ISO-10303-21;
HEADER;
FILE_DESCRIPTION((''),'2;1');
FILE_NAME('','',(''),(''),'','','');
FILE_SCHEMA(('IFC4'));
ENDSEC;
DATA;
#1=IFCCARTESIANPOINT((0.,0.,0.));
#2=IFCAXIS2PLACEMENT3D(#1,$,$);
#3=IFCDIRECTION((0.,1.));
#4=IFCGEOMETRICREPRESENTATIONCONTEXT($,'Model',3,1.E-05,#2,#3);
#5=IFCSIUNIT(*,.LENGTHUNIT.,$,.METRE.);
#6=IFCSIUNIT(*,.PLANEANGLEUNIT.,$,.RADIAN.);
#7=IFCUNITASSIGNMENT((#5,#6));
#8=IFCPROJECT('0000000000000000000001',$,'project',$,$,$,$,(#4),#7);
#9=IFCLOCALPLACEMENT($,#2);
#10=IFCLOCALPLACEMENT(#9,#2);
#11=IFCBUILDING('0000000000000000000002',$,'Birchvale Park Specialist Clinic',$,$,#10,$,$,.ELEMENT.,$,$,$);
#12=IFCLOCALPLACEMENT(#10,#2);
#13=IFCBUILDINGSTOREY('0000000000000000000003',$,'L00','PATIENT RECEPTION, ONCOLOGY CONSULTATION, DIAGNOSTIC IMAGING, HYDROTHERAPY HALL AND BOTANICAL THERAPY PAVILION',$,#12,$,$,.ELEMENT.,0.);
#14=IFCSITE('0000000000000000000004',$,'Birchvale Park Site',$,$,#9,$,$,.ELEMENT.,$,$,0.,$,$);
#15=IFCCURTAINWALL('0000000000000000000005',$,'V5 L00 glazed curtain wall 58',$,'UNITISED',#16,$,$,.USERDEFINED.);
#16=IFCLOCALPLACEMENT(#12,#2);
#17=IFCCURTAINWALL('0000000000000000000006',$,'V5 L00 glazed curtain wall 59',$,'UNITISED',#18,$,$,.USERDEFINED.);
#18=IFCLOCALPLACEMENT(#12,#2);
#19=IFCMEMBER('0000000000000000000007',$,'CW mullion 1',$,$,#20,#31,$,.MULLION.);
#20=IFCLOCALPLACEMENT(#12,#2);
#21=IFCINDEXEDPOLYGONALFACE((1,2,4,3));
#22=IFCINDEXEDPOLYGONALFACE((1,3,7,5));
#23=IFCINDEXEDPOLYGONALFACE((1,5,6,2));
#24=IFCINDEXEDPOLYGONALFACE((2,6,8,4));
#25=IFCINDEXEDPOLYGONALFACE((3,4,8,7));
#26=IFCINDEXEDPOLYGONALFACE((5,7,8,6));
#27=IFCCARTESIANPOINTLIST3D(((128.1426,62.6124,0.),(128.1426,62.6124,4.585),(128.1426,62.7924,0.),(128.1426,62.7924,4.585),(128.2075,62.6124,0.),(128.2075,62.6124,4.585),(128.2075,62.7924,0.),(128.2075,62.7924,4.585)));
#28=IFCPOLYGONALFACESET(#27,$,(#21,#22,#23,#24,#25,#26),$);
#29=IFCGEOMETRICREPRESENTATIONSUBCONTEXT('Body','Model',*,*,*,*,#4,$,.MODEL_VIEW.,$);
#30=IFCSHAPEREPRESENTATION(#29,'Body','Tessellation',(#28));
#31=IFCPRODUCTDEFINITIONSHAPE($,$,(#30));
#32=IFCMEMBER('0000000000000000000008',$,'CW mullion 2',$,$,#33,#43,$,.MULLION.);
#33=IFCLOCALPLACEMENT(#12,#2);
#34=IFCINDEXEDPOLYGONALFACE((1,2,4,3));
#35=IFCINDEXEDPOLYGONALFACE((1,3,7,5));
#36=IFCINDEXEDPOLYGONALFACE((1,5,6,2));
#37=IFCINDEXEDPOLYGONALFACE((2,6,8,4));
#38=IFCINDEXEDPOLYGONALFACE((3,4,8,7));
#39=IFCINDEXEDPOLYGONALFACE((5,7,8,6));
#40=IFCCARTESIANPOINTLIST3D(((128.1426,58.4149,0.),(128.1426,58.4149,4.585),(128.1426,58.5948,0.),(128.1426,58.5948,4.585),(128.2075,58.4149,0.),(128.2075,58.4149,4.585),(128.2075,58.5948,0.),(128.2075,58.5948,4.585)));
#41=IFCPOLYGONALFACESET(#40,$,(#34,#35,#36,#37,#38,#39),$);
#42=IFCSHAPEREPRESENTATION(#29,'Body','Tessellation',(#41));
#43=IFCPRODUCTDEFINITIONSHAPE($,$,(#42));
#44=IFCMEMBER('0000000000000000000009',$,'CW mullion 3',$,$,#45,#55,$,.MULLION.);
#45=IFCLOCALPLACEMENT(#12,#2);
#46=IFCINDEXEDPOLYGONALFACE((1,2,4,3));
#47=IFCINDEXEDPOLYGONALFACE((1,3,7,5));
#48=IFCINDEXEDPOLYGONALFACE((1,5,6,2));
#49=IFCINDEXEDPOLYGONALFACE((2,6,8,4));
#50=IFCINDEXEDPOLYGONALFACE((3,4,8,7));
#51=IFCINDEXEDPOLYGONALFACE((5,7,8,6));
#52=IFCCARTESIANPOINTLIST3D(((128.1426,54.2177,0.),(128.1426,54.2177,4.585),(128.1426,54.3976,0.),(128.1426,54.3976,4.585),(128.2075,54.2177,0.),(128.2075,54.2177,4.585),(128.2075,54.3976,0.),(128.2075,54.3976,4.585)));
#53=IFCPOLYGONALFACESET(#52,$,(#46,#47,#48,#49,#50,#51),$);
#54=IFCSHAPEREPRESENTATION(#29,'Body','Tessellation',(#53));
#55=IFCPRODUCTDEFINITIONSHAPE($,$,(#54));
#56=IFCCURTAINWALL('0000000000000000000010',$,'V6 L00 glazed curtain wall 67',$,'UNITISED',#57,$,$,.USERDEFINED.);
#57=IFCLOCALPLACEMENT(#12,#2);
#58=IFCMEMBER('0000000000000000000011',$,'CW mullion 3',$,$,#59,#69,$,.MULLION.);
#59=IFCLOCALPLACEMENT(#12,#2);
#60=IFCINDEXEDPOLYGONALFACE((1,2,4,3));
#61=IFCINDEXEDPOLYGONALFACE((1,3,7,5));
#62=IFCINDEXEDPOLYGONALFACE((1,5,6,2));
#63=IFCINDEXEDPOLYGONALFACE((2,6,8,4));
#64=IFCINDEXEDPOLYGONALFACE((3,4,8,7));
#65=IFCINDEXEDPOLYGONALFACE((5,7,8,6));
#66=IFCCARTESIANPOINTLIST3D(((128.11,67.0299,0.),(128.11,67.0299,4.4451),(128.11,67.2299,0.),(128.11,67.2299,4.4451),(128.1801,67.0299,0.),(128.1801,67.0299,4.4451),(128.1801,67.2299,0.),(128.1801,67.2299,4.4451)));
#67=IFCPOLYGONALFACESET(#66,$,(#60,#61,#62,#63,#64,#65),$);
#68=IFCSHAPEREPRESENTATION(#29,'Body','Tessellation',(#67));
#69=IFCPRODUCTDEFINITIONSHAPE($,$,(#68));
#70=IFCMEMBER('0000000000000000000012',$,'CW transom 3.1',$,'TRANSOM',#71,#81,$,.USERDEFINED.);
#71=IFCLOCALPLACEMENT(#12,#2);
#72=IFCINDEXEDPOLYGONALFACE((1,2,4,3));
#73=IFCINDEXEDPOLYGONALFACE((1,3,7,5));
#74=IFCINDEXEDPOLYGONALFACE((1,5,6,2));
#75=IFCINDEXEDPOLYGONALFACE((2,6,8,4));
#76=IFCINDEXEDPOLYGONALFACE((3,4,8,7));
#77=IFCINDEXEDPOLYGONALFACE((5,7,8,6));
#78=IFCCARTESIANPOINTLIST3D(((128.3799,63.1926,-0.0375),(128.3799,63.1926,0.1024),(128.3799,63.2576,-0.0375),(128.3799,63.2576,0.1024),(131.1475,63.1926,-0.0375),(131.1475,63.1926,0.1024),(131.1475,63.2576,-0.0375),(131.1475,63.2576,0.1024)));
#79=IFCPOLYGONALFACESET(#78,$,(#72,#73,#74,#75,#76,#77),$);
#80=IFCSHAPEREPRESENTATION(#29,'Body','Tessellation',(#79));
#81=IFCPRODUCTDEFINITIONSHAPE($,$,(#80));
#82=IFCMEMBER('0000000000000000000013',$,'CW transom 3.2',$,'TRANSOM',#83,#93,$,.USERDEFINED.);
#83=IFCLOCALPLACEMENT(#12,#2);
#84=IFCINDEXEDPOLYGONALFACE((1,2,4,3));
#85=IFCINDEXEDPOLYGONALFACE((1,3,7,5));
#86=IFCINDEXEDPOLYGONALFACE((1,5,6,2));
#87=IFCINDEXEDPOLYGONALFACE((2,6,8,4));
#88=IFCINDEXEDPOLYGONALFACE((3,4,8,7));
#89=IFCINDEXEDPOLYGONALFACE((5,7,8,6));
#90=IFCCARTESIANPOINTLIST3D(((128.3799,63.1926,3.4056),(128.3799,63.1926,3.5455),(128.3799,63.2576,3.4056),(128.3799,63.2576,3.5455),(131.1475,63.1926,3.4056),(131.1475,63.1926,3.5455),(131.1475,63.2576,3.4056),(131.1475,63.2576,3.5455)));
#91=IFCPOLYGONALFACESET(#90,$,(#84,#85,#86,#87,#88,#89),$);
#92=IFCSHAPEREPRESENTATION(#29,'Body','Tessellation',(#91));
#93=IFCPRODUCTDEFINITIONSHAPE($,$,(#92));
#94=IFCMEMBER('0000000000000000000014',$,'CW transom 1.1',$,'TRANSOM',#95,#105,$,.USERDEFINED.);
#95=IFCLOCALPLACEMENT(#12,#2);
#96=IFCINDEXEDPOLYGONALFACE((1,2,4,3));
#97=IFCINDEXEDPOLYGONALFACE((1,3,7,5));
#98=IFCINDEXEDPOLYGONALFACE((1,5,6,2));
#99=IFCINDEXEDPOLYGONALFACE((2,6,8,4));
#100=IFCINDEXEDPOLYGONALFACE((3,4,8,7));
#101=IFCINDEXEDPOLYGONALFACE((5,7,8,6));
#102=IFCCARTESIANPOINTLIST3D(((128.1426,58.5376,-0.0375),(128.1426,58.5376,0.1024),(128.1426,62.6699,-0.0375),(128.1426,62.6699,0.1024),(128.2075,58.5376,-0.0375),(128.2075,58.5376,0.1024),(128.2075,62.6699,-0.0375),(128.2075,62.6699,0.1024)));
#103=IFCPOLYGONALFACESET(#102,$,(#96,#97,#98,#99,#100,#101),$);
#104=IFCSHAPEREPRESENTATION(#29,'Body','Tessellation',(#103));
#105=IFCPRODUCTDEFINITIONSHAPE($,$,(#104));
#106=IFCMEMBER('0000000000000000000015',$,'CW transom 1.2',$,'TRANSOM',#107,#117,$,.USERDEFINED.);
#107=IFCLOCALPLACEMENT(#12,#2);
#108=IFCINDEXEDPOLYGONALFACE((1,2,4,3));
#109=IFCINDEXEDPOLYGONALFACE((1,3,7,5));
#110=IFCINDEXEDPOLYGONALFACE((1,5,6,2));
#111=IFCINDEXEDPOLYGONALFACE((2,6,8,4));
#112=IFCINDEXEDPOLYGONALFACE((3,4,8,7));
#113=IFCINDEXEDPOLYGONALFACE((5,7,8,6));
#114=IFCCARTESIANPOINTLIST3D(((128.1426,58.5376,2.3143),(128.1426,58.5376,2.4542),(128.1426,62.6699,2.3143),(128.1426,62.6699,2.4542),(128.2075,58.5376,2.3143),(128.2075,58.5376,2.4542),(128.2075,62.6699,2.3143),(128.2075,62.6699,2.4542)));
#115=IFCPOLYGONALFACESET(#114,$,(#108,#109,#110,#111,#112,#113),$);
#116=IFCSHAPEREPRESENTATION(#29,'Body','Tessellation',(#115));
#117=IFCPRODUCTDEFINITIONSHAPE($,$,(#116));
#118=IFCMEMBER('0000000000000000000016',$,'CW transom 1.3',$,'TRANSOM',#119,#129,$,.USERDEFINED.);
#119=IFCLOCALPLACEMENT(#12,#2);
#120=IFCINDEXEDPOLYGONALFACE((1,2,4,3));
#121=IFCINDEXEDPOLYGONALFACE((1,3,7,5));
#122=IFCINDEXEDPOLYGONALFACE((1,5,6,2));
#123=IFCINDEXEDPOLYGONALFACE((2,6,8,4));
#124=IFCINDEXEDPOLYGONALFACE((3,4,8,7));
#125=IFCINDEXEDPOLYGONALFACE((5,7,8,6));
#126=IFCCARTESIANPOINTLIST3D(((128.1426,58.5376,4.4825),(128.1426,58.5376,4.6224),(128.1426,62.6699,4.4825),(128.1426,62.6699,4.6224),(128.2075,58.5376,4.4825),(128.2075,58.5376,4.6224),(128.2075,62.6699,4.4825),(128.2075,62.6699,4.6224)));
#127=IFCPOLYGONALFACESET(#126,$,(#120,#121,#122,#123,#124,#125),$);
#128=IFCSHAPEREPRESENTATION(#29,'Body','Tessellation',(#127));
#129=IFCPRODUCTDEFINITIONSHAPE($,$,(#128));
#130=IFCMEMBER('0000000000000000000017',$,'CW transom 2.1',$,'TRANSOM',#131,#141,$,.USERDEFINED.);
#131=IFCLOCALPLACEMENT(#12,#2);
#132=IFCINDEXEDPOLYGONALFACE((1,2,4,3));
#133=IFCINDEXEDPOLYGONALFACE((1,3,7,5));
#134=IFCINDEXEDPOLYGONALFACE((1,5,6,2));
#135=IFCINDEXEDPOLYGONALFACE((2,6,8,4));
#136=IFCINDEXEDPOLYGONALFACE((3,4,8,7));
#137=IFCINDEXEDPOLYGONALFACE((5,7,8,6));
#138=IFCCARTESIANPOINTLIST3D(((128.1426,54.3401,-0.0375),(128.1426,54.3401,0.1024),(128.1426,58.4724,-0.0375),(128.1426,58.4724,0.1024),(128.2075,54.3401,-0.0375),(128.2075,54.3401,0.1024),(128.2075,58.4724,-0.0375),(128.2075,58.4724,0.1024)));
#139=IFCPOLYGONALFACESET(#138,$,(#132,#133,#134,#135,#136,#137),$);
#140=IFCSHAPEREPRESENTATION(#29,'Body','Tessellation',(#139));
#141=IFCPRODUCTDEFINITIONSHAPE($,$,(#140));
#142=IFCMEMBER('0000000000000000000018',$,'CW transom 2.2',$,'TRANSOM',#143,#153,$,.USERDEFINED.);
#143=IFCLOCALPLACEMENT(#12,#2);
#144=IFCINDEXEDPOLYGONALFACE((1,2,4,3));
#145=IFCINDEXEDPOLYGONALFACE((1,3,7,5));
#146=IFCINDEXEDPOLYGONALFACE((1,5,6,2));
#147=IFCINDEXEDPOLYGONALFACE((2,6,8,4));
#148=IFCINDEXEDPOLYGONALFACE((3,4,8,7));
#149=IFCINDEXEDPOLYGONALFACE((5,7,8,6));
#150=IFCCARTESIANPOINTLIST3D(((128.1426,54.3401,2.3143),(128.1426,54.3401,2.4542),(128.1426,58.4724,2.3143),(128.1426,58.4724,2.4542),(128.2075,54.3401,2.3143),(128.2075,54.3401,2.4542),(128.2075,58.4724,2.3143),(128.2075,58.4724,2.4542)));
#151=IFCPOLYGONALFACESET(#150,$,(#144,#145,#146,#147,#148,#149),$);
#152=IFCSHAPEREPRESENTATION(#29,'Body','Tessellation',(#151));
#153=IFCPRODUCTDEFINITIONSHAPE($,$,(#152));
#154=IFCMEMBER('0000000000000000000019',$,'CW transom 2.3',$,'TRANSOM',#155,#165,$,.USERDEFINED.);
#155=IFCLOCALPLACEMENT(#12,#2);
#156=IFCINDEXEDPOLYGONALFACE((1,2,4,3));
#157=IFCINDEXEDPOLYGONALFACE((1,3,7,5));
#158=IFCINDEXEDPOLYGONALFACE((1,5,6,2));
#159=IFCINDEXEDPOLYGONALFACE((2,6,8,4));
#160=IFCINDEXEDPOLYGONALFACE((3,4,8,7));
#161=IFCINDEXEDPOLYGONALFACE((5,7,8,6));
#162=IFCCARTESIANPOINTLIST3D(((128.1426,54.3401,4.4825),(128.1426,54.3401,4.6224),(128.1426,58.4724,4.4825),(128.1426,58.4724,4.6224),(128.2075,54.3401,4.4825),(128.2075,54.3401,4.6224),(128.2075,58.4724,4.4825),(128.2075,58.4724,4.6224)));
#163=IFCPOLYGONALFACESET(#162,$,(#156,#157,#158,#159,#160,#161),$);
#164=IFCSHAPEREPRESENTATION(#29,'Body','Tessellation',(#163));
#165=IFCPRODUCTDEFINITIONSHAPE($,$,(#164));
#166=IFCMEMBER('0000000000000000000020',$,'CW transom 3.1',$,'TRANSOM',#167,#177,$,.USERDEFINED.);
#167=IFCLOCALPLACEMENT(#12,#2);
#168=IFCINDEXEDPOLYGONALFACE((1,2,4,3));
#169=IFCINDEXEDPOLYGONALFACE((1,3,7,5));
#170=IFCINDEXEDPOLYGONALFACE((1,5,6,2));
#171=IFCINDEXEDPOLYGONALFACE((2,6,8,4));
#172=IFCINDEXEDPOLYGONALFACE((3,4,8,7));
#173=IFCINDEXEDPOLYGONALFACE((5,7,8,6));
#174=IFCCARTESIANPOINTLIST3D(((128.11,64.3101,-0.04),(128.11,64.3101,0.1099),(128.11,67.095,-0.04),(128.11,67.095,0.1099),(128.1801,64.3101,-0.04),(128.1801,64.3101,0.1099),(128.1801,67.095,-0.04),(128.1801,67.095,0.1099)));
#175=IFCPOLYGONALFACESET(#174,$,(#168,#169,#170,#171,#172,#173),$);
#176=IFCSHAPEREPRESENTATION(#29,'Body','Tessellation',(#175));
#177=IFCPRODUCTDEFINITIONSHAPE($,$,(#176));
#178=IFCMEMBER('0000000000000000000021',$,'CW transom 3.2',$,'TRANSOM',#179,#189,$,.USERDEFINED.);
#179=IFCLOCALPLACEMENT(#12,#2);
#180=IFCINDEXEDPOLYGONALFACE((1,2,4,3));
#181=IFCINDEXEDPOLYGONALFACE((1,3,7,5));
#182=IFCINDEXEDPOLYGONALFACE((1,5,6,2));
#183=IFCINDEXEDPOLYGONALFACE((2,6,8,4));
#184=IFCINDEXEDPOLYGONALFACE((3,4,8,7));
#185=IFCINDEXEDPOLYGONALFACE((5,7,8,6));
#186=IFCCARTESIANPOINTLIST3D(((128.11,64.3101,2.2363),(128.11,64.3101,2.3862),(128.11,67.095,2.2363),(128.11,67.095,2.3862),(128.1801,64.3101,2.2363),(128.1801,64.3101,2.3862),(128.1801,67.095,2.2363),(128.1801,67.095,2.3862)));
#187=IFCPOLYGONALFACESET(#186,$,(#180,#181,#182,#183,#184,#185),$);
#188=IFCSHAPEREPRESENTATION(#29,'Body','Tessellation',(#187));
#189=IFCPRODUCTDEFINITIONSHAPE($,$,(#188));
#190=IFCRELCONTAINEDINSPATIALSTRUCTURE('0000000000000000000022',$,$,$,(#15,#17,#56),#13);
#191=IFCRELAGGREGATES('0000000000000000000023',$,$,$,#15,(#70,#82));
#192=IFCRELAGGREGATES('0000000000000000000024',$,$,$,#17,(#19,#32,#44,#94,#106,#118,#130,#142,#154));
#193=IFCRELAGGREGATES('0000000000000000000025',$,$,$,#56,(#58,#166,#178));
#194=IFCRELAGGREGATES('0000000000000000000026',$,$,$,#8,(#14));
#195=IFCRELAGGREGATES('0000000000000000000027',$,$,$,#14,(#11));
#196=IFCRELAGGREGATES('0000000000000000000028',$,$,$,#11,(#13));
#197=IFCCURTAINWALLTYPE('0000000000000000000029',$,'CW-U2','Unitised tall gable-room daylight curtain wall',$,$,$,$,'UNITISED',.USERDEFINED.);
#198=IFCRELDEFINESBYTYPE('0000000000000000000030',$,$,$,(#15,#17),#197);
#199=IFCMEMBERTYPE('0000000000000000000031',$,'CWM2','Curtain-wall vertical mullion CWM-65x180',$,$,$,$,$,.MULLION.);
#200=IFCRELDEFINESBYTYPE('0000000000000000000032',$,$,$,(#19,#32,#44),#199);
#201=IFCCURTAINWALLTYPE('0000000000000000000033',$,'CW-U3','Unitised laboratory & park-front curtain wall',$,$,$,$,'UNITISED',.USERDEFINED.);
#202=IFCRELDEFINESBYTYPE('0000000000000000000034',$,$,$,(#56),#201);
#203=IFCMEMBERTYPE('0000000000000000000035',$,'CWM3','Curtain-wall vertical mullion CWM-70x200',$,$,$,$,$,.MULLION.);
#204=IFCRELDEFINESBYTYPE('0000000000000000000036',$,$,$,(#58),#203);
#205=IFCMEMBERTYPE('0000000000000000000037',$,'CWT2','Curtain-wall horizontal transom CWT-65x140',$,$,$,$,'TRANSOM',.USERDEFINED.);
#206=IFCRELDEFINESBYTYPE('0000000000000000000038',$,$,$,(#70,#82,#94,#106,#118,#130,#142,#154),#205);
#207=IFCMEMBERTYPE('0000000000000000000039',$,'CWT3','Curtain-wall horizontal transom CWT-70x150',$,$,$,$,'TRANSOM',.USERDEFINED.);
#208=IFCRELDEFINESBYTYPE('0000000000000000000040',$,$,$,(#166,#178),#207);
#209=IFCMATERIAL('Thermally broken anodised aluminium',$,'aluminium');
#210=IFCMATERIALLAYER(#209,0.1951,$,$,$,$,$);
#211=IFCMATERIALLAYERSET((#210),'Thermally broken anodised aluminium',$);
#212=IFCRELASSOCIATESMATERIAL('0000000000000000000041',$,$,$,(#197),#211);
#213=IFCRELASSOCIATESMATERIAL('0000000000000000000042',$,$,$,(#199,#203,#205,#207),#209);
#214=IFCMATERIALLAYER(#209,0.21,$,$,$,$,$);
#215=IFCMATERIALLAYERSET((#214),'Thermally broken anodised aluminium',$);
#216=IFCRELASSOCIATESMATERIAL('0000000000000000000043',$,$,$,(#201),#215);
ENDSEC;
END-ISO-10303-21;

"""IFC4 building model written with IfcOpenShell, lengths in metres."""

from ifc_helpers import new_model, si_unit, direction, frame, origin, origin_2d, place, context, subcontext, project, spatial, rectangle, extrude, material, layer, layer_set, material_profile, profile_set, type_object, element, aggregate, save


model = new_model("IFC4")

# Units and contexts
model_context = context("Model", 3, precision=1e-05, world=origin(), true_north=direction((0.0, 1.0)))
body_context = subcontext(model_context, "Body", "Model", "MODEL_VIEW")
ifc_project = project(units=[si_unit("LENGTHUNIT", "METRE"), si_unit("PLANEANGLEUNIT", "RADIAN")], contexts=[model_context])

# Site, building, storey
site_placement = place(None, origin())
site = spatial("IfcSite", under=ifc_project, at=site_placement, Name="Birchvale Park Site", CompositionType="ELEMENT", RefElevation=0.0)
building_placement = place(site_placement, origin())
building = spatial("IfcBuilding", under=site, at=building_placement, Name="Birchvale Park Specialist Clinic", CompositionType="ELEMENT")
storey_placement = place(building_placement, origin())
storey = spatial("IfcBuildingStorey", under=building, at=storey_placement, Name="L00", Description="PATIENT RECEPTION, ONCOLOGY CONSULTATION, DIAGNOSTIC IMAGING, HYDROTHERAPY HALL AND BOTANICAL THERAPY PAVILION", CompositionType="ELEMENT", Elevation=0.0)

# Curtain walls, members
ifc_material_1 = material(Name="Thermally broken anodised aluminium", Category="aluminium")
ifc_layer_1 = layer(ifc_material_1, 0.1951)
ifc_layer_set_1 = layer_set([ifc_layer_1], Name="Thermally broken anodised aluminium")
curtain_wall_type_1 = type_object("IfcCurtainWallType", Name="CW-U2", Description="Unitised tall gable-room daylight curtain wall", ElementType="UNITISED", PredefinedType="USERDEFINED", material=ifc_layer_set_1)
curtain_wall_1_placement = place(storey_placement, origin())
curtain_wall_1 = element("IfcCurtainWall", 1, at=curtain_wall_1_placement, inside=storey, type_object=curtain_wall_type_1, Name="V5 L00 glazed curtain wall 58", ObjectType="UNITISED", PredefinedType="USERDEFINED")
ifc_material_profile_1 = material_profile(ifc_material_1, rectangle(XDim=0.0649, YDim=0.1799, at=origin_2d()), Name="CWM-65x180")
ifc_profile_set_1 = profile_set([ifc_material_profile_1], Name="Thermally broken anodised aluminium")
member_type_1 = type_object("IfcMemberType", Name="CWM2", Description="Curtain-wall vertical mullion CWM-65x180", PredefinedType="MULLION", material=ifc_profile_set_1)
curtain_wall_2_placement = place(storey_placement, origin())
curtain_wall_2 = element("IfcCurtainWall", 2, at=curtain_wall_2_placement, inside=storey, type_object=curtain_wall_type_1, Name="V5 L00 glazed curtain wall 59", ObjectType="UNITISED", PredefinedType="USERDEFINED")
member_1_placement = place(storey_placement, frame((128.175, 62.7024, 0.0), z_axis=(0.0, 0.0, 1.0), x_axis=(1.0, 0.0, 0.0)))
member_1 = element("IfcMember", 3, at=member_1_placement, type_object=member_type_1, Name="CW mullion 1", PredefinedType="MULLION", context=body_context, shape_type="SweptSolid", body=[
    extrude(rectangle(XDim=0.0649, YDim=0.1799, at=origin_2d()), origin(), (0.0, 0.0, 1.0), 4.585),
])
member_2_placement = place(storey_placement, frame((128.175, 58.5049, 0.0), z_axis=(0.0, 0.0, 1.0), x_axis=(1.0, 0.0, 0.0)))
member_2 = element("IfcMember", 4, at=member_2_placement, type_object=member_type_1, Name="CW mullion 2", PredefinedType="MULLION", context=body_context, shape_type="SweptSolid", body=[
    extrude(rectangle(XDim=0.0649, YDim=0.1799, at=origin_2d()), origin(), (0.0, 0.0, 1.0), 4.585),
])
member_3_placement = place(storey_placement, frame((128.175, 54.3076, 0.0), z_axis=(0.0, 0.0, 1.0), x_axis=(1.0, 0.0, 0.0)))
member_3 = element("IfcMember", 5, at=member_3_placement, type_object=member_type_1, Name="CW mullion 3", PredefinedType="MULLION", context=body_context, shape_type="SweptSolid", body=[
    extrude(rectangle(XDim=0.0649, YDim=0.1799, at=origin_2d()), origin(), (0.0, 0.0, 1.0), 4.585),
])

# Curtain wall, member
ifc_layer_2 = layer(ifc_material_1, 0.21)
ifc_layer_set_2 = layer_set([ifc_layer_2], Name="Thermally broken anodised aluminium")
curtain_wall_type_2 = type_object("IfcCurtainWallType", Name="CW-U3", Description="Unitised laboratory & park-front curtain wall", ElementType="UNITISED", PredefinedType="USERDEFINED", material=ifc_layer_set_2)
curtain_wall_3_placement = place(storey_placement, origin())
curtain_wall_3 = element("IfcCurtainWall", 6, at=curtain_wall_3_placement, inside=storey, type_object=curtain_wall_type_2, Name="V6 L00 glazed curtain wall 67", ObjectType="UNITISED", PredefinedType="USERDEFINED")
ifc_material_profile_2 = material_profile(ifc_material_1, rectangle(XDim=0.0701, YDim=0.2, at=origin_2d()), Name="CWM-70x200")
ifc_profile_set_2 = profile_set([ifc_material_profile_2], Name="Thermally broken anodised aluminium")
member_type_2 = type_object("IfcMemberType", Name="CWM3", Description="Curtain-wall vertical mullion CWM-70x200", PredefinedType="MULLION", material=ifc_profile_set_2)
member_4_placement = place(storey_placement, frame((128.145, 67.1299, 0.0), z_axis=(0.0, 0.0, 1.0), x_axis=(1.0, 0.0, 0.0)))
member_4 = element("IfcMember", 7, at=member_4_placement, type_object=member_type_2, Name="CW mullion 3", PredefinedType="MULLION", context=body_context, shape_type="SweptSolid", body=[
    extrude(rectangle(XDim=0.0701, YDim=0.2, at=origin_2d()), origin(), (0.0, 0.0, 1.0), 4.4451),
])

# Members
ifc_material_profile_3 = material_profile(ifc_material_1, rectangle(XDim=0.0649, YDim=0.1399, at=origin_2d()), Name="CWT-65x140")
ifc_profile_set_3 = profile_set([ifc_material_profile_3], Name="Thermally broken anodised aluminium")
member_type_3 = type_object("IfcMemberType", Name="CWT2", Description="Curtain-wall horizontal transom CWT-65x140", ElementType="TRANSOM", PredefinedType="USERDEFINED", material=ifc_profile_set_3)
member_5_placement = place(storey_placement, frame((131.1475, 63.2251, 0.0325), z_axis=(-1.0, 0.0, 0.0), x_axis=(0.0, -1.0, 0.0)))
member_5 = element("IfcMember", 8, at=member_5_placement, type_object=member_type_3, Name="CW transom 3.1", ObjectType="TRANSOM", PredefinedType="USERDEFINED", context=body_context, shape_type="SweptSolid", body=[
    extrude(rectangle(XDim=0.0649, YDim=0.1399, at=origin_2d()), origin(), (0.0, 0.0, 1.0), 2.7676),
])
member_6_placement = place(storey_placement, frame((131.1475, 63.2251, 3.4756), z_axis=(-1.0, 0.0, 0.0), x_axis=(0.0, -1.0, 0.0)))
member_6 = element("IfcMember", 9, at=member_6_placement, type_object=member_type_3, Name="CW transom 3.2", ObjectType="TRANSOM", PredefinedType="USERDEFINED", context=body_context, shape_type="SweptSolid", body=[
    extrude(rectangle(XDim=0.0649, YDim=0.1399, at=origin_2d()), origin(), (0.0, 0.0, 1.0), 2.7676),
])
member_7_placement = place(storey_placement, frame((128.175, 62.6699, 0.0325), z_axis=(0.0, -1.0, 0.0), x_axis=(1.0, 0.0, 0.0)))
member_7 = element("IfcMember", 10, at=member_7_placement, type_object=member_type_3, Name="CW transom 1.1", ObjectType="TRANSOM", PredefinedType="USERDEFINED", context=body_context, shape_type="SweptSolid", body=[
    extrude(rectangle(XDim=0.0649, YDim=0.1399, at=origin_2d()), origin(), (0.0, 0.0, 1.0), 4.1323),
])
member_8_placement = place(storey_placement, frame((128.175, 62.6699, 2.3843), z_axis=(0.0, -1.0, 0.0), x_axis=(1.0, 0.0, 0.0)))
member_8 = element("IfcMember", 11, at=member_8_placement, type_object=member_type_3, Name="CW transom 1.2", ObjectType="TRANSOM", PredefinedType="USERDEFINED", context=body_context, shape_type="SweptSolid", body=[
    extrude(rectangle(XDim=0.0649, YDim=0.1399, at=origin_2d()), origin(), (0.0, 0.0, 1.0), 4.1323),
])
member_9_placement = place(storey_placement, frame((128.175, 62.6699, 4.5525), z_axis=(0.0, -1.0, 0.0), x_axis=(1.0, 0.0, 0.0)))
member_9 = element("IfcMember", 12, at=member_9_placement, type_object=member_type_3, Name="CW transom 1.3", ObjectType="TRANSOM", PredefinedType="USERDEFINED", context=body_context, shape_type="SweptSolid", body=[
    extrude(rectangle(XDim=0.0649, YDim=0.1399, at=origin_2d()), origin(), (0.0, 0.0, 1.0), 4.1323),
])
member_10_placement = place(storey_placement, frame((128.175, 58.4724, 0.0325), z_axis=(0.0, -1.0, 0.0), x_axis=(1.0, 0.0, 0.0)))
member_10 = element("IfcMember", 13, at=member_10_placement, type_object=member_type_3, Name="CW transom 2.1", ObjectType="TRANSOM", PredefinedType="USERDEFINED", context=body_context, shape_type="SweptSolid", body=[
    extrude(rectangle(XDim=0.0649, YDim=0.1399, at=origin_2d()), origin(), (0.0, 0.0, 1.0), 4.1323),
])
member_11_placement = place(storey_placement, frame((128.175, 58.4724, 2.3843), z_axis=(0.0, -1.0, 0.0), x_axis=(1.0, 0.0, 0.0)))
member_11 = element("IfcMember", 14, at=member_11_placement, type_object=member_type_3, Name="CW transom 2.2", ObjectType="TRANSOM", PredefinedType="USERDEFINED", context=body_context, shape_type="SweptSolid", body=[
    extrude(rectangle(XDim=0.0649, YDim=0.1399, at=origin_2d()), origin(), (0.0, 0.0, 1.0), 4.1323),
])
member_12_placement = place(storey_placement, frame((128.175, 58.4724, 4.5525), z_axis=(0.0, -1.0, 0.0), x_axis=(1.0, 0.0, 0.0)))
member_12 = element("IfcMember", 15, at=member_12_placement, type_object=member_type_3, Name="CW transom 2.3", ObjectType="TRANSOM", PredefinedType="USERDEFINED", context=body_context, shape_type="SweptSolid", body=[
    extrude(rectangle(XDim=0.0649, YDim=0.1399, at=origin_2d()), origin(), (0.0, 0.0, 1.0), 4.1323),
])
ifc_material_profile_4 = material_profile(ifc_material_1, rectangle(XDim=0.0701, YDim=0.1499, at=origin_2d()), Name="CWT-70x150")
ifc_profile_set_4 = profile_set([ifc_material_profile_4], Name="Thermally broken anodised aluminium")
member_type_4 = type_object("IfcMemberType", Name="CWT3", Description="Curtain-wall horizontal transom CWT-70x150", ElementType="TRANSOM", PredefinedType="USERDEFINED", material=ifc_profile_set_4)
member_13_placement = place(storey_placement, frame((128.145, 67.095, 0.0349), z_axis=(0.0, -1.0, 0.0), x_axis=(1.0, 0.0, 0.0)))
member_13 = element("IfcMember", 16, at=member_13_placement, type_object=member_type_4, Name="CW transom 3.1", ObjectType="TRANSOM", PredefinedType="USERDEFINED", context=body_context, shape_type="SweptSolid", body=[
    extrude(rectangle(XDim=0.0701, YDim=0.1499, at=origin_2d()), origin(), (0.0, 0.0, 1.0), 2.7849),
])
member_14_placement = place(storey_placement, frame((128.145, 67.095, 2.3113), z_axis=(0.0, -1.0, 0.0), x_axis=(1.0, 0.0, 0.0)))
member_14 = element("IfcMember", 17, at=member_14_placement, type_object=member_type_4, Name="CW transom 3.2", ObjectType="TRANSOM", PredefinedType="USERDEFINED", context=body_context, shape_type="SweptSolid", body=[
    extrude(rectangle(XDim=0.0701, YDim=0.1499, at=origin_2d()), origin(), (0.0, 0.0, 1.0), 2.7849),
])

aggregate(curtain_wall_1, [member_5, member_6])
aggregate(curtain_wall_2, [member_1, member_2, member_3, member_7, member_8, member_9, member_10, member_11, member_12])
aggregate(curtain_wall_3, [member_4, member_13, member_14])

save(model, "model.ifc")
